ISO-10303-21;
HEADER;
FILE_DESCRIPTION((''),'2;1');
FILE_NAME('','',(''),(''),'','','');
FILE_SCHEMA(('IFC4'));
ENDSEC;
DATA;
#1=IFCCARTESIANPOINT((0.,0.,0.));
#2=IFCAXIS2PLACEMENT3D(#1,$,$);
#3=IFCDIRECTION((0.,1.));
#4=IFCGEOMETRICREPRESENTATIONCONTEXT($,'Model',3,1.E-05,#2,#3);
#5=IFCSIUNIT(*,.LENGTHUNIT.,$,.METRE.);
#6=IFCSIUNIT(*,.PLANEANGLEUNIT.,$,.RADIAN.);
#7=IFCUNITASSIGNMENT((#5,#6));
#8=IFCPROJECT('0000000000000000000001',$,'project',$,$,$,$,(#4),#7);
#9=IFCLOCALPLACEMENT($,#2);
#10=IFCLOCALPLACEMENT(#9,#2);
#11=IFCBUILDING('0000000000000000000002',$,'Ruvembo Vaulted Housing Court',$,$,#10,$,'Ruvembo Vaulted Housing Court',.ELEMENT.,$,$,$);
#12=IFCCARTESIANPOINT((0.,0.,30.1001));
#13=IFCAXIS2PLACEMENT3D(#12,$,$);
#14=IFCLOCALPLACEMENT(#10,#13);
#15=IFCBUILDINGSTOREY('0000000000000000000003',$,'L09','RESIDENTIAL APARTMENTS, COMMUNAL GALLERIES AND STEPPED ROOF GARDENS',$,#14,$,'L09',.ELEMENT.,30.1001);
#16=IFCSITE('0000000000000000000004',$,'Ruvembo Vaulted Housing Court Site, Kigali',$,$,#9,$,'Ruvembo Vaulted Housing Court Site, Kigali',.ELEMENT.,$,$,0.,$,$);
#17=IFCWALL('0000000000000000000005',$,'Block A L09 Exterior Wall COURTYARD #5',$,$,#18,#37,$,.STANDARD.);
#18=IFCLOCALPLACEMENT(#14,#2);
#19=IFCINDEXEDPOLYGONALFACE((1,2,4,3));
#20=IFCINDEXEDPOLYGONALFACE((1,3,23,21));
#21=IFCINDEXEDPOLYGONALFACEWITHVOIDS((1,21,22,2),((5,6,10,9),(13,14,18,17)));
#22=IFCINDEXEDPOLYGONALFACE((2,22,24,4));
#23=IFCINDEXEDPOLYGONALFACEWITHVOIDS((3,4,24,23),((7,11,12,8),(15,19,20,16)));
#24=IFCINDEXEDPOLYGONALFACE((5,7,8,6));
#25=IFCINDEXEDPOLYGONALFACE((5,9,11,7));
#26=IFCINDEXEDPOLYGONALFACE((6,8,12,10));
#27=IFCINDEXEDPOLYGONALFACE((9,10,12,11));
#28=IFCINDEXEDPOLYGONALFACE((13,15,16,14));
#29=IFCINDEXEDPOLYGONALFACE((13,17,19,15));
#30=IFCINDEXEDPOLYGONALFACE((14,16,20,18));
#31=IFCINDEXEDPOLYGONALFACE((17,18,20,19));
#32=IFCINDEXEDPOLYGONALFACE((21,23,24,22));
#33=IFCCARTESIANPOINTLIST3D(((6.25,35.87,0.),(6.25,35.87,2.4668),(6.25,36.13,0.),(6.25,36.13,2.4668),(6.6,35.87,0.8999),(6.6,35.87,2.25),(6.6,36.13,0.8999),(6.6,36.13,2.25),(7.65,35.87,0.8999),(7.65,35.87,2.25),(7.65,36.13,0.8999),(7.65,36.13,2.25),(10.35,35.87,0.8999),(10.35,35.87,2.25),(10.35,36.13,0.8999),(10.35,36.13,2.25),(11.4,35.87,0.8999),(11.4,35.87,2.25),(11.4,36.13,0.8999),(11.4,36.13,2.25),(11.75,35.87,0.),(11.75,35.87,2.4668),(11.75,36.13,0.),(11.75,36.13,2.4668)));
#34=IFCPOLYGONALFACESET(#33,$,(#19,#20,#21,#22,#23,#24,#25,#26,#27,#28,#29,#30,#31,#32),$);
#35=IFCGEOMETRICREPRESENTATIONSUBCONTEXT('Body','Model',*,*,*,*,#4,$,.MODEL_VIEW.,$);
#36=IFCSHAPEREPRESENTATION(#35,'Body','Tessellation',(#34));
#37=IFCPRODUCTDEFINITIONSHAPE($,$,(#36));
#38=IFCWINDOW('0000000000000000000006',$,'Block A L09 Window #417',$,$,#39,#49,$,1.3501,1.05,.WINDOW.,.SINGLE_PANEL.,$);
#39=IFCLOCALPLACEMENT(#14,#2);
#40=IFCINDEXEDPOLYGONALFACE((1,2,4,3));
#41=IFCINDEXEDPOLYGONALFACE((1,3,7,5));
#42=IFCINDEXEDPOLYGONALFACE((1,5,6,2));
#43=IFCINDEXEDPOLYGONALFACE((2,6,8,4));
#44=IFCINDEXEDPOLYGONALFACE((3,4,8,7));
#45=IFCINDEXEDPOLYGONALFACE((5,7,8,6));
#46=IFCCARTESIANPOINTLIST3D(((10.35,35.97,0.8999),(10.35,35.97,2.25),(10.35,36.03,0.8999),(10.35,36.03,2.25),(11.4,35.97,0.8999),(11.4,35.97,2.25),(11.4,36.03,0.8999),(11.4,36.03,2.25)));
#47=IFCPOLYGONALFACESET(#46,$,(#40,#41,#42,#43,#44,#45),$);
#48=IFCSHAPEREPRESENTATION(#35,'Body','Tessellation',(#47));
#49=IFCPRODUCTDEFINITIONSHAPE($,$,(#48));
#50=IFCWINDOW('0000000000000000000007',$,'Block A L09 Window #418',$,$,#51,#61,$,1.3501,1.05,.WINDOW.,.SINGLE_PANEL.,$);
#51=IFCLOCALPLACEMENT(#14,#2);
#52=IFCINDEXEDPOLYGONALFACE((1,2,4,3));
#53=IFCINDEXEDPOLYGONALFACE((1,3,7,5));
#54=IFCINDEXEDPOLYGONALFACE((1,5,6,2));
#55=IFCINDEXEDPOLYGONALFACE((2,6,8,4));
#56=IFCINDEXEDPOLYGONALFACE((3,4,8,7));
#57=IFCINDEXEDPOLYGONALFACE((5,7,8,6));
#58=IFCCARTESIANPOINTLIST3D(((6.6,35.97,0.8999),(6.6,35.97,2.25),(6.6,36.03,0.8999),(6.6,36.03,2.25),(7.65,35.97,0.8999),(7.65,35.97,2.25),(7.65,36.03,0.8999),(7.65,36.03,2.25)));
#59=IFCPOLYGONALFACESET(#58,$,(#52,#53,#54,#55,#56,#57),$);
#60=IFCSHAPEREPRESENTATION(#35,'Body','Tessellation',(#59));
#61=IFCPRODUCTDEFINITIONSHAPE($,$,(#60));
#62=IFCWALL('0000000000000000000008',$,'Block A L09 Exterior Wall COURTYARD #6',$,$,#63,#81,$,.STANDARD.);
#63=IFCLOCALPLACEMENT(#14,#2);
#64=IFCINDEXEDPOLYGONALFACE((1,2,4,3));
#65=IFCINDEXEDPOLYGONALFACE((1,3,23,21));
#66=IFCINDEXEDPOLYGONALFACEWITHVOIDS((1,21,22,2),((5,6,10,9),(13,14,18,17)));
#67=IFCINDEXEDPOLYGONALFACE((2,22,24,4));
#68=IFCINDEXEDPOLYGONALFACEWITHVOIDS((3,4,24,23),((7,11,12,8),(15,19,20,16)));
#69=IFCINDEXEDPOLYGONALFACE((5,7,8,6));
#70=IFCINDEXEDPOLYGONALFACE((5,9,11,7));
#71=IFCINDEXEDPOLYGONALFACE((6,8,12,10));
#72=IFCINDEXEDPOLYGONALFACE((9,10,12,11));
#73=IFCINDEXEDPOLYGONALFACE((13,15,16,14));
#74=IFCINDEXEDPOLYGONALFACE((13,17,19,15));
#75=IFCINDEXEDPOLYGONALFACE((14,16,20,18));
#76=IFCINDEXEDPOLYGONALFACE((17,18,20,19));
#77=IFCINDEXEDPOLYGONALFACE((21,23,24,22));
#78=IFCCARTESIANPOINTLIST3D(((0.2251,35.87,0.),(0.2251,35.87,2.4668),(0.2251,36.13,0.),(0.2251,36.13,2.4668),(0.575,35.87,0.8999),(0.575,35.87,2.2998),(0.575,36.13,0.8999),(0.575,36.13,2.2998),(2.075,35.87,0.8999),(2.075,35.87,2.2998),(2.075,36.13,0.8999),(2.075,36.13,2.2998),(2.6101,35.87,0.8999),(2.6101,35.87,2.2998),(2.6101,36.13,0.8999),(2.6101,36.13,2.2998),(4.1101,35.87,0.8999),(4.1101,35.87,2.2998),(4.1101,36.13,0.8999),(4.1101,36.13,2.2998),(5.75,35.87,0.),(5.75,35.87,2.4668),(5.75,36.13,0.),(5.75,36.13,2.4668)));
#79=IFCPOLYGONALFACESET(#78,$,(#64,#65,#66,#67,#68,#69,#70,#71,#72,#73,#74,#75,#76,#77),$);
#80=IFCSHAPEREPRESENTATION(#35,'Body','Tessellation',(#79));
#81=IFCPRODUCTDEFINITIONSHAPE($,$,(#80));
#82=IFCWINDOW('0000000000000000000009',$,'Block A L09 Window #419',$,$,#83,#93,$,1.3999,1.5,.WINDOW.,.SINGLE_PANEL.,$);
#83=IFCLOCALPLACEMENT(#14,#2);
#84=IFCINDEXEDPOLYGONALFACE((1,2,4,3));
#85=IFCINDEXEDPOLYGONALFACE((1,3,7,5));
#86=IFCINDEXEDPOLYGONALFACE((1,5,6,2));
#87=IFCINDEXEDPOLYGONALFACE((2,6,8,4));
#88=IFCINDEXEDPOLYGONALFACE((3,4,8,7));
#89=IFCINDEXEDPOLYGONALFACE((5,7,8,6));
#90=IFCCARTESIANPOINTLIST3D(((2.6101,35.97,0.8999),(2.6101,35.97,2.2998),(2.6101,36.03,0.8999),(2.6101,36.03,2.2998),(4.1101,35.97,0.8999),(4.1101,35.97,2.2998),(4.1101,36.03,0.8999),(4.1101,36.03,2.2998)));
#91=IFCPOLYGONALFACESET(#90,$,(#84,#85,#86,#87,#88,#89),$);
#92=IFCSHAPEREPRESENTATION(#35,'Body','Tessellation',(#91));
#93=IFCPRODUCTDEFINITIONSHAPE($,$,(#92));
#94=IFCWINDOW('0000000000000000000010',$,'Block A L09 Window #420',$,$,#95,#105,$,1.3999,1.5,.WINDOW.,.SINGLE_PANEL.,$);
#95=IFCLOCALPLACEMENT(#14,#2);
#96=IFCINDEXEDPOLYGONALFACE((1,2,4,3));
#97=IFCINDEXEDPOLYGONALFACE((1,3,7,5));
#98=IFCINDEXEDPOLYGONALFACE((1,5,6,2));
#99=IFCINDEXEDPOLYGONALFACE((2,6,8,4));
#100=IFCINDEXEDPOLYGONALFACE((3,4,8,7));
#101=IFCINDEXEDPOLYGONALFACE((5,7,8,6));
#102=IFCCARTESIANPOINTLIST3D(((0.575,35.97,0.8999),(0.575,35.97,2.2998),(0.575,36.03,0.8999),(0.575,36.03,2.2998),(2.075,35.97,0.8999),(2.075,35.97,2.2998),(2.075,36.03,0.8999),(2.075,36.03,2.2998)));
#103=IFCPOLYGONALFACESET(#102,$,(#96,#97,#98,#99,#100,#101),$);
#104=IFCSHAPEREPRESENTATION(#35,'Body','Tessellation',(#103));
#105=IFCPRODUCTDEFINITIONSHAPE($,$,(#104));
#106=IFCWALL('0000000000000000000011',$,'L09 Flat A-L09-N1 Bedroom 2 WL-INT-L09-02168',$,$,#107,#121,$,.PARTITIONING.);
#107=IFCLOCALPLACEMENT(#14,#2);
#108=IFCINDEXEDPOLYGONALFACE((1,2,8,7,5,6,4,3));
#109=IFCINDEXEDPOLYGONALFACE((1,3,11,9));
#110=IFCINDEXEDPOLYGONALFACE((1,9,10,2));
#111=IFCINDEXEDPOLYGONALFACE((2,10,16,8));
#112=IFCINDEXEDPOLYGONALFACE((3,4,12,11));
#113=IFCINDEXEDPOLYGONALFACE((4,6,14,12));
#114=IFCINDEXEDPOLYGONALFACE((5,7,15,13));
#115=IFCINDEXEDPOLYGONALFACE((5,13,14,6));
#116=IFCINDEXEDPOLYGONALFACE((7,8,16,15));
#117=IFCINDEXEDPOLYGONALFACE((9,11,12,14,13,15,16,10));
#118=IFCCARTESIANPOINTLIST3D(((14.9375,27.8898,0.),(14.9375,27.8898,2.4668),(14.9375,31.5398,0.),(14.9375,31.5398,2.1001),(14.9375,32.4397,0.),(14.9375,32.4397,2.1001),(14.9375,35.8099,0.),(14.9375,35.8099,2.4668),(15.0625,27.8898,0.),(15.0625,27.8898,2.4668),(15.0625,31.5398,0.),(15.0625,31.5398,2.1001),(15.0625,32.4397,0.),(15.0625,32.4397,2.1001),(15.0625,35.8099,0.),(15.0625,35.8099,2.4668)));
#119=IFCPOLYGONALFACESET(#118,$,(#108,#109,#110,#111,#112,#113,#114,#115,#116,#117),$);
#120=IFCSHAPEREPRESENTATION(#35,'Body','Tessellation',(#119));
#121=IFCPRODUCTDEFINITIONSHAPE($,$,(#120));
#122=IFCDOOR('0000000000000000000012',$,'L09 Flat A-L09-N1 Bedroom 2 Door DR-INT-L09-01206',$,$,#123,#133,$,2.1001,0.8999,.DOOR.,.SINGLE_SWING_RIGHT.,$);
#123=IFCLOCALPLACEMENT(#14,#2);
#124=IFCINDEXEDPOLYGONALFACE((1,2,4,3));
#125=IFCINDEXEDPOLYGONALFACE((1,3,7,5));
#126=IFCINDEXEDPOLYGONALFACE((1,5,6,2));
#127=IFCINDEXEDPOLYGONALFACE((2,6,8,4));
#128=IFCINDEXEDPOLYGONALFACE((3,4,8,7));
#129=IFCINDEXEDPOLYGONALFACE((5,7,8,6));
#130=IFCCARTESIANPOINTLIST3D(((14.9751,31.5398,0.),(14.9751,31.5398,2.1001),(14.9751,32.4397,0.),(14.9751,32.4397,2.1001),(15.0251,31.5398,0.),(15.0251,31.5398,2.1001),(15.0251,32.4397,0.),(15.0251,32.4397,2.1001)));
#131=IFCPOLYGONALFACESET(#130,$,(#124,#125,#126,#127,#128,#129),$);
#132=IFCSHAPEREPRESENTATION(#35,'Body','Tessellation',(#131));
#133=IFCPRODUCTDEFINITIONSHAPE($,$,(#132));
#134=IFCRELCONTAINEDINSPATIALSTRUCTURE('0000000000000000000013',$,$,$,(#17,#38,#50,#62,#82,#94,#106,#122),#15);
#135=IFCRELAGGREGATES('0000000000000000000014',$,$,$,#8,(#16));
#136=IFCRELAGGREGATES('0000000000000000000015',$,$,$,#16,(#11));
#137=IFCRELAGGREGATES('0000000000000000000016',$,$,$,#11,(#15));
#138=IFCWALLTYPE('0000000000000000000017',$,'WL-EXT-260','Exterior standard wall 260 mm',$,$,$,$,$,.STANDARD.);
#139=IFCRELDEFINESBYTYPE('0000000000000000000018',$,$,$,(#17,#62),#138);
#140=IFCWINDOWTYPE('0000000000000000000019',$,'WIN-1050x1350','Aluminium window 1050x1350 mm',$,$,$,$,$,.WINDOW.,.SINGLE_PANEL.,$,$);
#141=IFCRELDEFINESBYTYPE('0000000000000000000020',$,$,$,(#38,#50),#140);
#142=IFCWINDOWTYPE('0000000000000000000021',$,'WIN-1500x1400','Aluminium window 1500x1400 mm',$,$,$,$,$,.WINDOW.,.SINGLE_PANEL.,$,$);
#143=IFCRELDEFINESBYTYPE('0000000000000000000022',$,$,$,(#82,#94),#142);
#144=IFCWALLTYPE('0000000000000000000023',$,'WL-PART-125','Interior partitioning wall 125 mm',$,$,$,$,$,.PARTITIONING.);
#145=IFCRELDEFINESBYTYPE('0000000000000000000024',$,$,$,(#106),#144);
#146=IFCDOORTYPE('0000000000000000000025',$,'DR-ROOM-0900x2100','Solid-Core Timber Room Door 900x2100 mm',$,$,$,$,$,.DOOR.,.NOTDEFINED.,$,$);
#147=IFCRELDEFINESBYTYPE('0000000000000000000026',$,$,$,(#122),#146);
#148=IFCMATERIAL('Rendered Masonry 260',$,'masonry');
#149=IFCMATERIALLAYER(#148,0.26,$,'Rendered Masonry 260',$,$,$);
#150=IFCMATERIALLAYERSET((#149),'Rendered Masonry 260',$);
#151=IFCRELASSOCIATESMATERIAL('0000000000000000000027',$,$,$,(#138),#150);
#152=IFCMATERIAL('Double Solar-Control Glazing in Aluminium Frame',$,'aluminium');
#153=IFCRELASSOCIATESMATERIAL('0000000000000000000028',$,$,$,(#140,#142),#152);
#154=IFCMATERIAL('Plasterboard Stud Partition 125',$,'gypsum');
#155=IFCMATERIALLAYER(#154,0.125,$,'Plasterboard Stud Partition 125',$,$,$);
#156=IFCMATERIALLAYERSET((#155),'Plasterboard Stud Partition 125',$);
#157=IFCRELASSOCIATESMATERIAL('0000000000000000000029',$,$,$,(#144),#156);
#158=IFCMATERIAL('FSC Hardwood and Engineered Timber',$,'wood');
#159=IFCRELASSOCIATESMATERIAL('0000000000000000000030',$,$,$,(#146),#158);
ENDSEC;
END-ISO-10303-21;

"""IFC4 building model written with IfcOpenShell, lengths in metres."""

from ifc_helpers import new_model, si_unit, direction, frame, frame_2d, origin, place, context, subcontext, project, spatial, rectangle, extrude, material, layer, layer_set, type_object, element, fill, save


model = new_model("IFC4")

# Units and contexts
model_context = context("Model", 3, precision=1e-05, world=origin(), true_north=direction((0.0, 1.0)))
body_context = subcontext(model_context, "Body", "Model", "MODEL_VIEW")
ifc_project = project(units=[si_unit("LENGTHUNIT", "METRE"), si_unit("PLANEANGLEUNIT", "RADIAN")], contexts=[model_context])

# Site, building, storey
site_placement = place(None, origin())
site = spatial("IfcSite", under=ifc_project, at=site_placement, Name="Ruvembo Vaulted Housing Court Site, Kigali", LongName="Ruvembo Vaulted Housing Court Site, Kigali", CompositionType="ELEMENT", RefElevation=0.0)
building_placement = place(site_placement, origin())
building = spatial("IfcBuilding", under=site, at=building_placement, Name="Ruvembo Vaulted Housing Court", LongName="Ruvembo Vaulted Housing Court", CompositionType="ELEMENT")
storey_placement = place(building_placement, frame((0.0, 0.0, 30.1001)))
storey = spatial("IfcBuildingStorey", under=building, at=storey_placement, Name="L09", Description="RESIDENTIAL APARTMENTS, COMMUNAL GALLERIES AND STEPPED ROOF GARDENS", LongName="L09", CompositionType="ELEMENT", Elevation=30.1001)

# Walls, openings, windows
ifc_material_1 = material(Name="Rendered Masonry 260", Category="masonry")
ifc_layer_1 = layer(ifc_material_1, 0.26, Name="Rendered Masonry 260")
ifc_layer_set_1 = layer_set([ifc_layer_1], Name="Rendered Masonry 260")
wall_type_1 = type_object("IfcWallType", Name="WL-EXT-260", Description="Exterior standard wall 260 mm", PredefinedType="STANDARD", material=ifc_layer_set_1)
wall_1_placement = place(storey_placement, frame((11.75, 36.0, 0.0), z_axis=(0.0, 0.0, 1.0), x_axis=(-1.0, 0.0, 0.0)))
wall_1 = element("IfcWall", 1, at=wall_1_placement, inside=storey, type_object=wall_type_1, Name="Block A L09 Exterior Wall COURTYARD #5", PredefinedType="STANDARD", context=body_context, shape_type="SweptSolid", body=[
    extrude(rectangle(XDim=5.5, YDim=0.26, at=frame_2d((2.75, 0.0))), origin(), (0.0, 0.0, 1.0), 2.4668),
])
opening_1_placement = place(wall_1_placement, frame((0.3501, 0.0, 0.8999)))
opening_1 = element("IfcOpeningElement", 2, at=opening_1_placement, cuts=wall_1, PredefinedType="OPENING", context=body_context, shape_type="SweptSolid", body=[
    extrude(rectangle(XDim=1.05, YDim=1.3501, at=frame_2d((0.5249, 0.675))), frame((0.0, 0.1399, 0.0), z_axis=(0.0, -1.0, 0.0), x_axis=(1.0, 0.0, 0.0)), (0.0, 0.0, 1.0), 0.28),
])
opening_2_placement = place(wall_1_placement, frame((4.1001, 0.0, 0.8999)))
opening_2 = element("IfcOpeningElement", 3, at=opening_2_placement, cuts=wall_1, PredefinedType="OPENING", context=body_context, shape_type="SweptSolid", body=[
    extrude(rectangle(XDim=1.05, YDim=1.3501, at=frame_2d((0.5249, 0.675))), frame((0.0, 0.1399, 0.0), z_axis=(0.0, -1.0, 0.0), x_axis=(1.0, 0.0, 0.0)), (0.0, 0.0, 1.0), 0.28),
])
ifc_material_2 = material(Name="Double Solar-Control Glazing in Aluminium Frame", Category="aluminium")
window_type_1 = type_object("IfcWindowType", Name="WIN-1050x1350", Description="Aluminium window 1050x1350 mm", PartitioningType="SINGLE_PANEL", PredefinedType="WINDOW", material=ifc_material_2)
window_1_placement = place(opening_1_placement, origin())
window_1 = element("IfcWindow", 4, at=window_1_placement, inside=storey, type_object=window_type_1, Name="Block A L09 Window #417", OverallHeight=1.3501, OverallWidth=1.05, PartitioningType="SINGLE_PANEL", PredefinedType="WINDOW", context=body_context, shape_type="SweptSolid", body=[
    extrude(rectangle(XDim=1.05, YDim=1.3501, at=frame_2d((0.5249, 0.675))), frame((0.0, 0.03, 0.0), z_axis=(0.0, -1.0, 0.0), x_axis=(1.0, 0.0, 0.0)), (0.0, 0.0, 1.0), 0.0601),
])
fill(opening_1, window_1)
window_2_placement = place(opening_2_placement, origin())
window_2 = element("IfcWindow", 5, at=window_2_placement, inside=storey, type_object=window_type_1, Name="Block A L09 Window #418", OverallHeight=1.3501, OverallWidth=1.05, PartitioningType="SINGLE_PANEL", PredefinedType="WINDOW", context=body_context, shape_type="SweptSolid", body=[
    extrude(rectangle(XDim=1.05, YDim=1.3501, at=frame_2d((0.5249, 0.675))), frame((0.0, 0.03, 0.0), z_axis=(0.0, -1.0, 0.0), x_axis=(1.0, 0.0, 0.0)), (0.0, 0.0, 1.0), 0.0601),
])
fill(opening_2, window_2)
wall_2_placement = place(storey_placement, frame((5.75, 36.0, 0.0), z_axis=(0.0, 0.0, 1.0), x_axis=(-1.0, 0.0, 0.0)))
wall_2 = element("IfcWall", 6, at=wall_2_placement, inside=storey, type_object=wall_type_1, Name="Block A L09 Exterior Wall COURTYARD #6", PredefinedType="STANDARD", context=body_context, shape_type="SweptSolid", body=[
    extrude(rectangle(XDim=5.5249, YDim=0.26, at=frame_2d((2.7625, 0.0))), origin(), (0.0, 0.0, 1.0), 2.4668),
])
opening_3_placement = place(wall_2_placement, frame((1.6399, 0.0, 0.8999)))
opening_3 = element("IfcOpeningElement", 7, at=opening_3_placement, cuts=wall_2, PredefinedType="OPENING", context=body_context, shape_type="SweptSolid", body=[
    extrude(rectangle(XDim=1.5, YDim=1.3999, at=frame_2d((0.75, 0.7))), frame((0.0, 0.1399, 0.0), z_axis=(0.0, -1.0, 0.0), x_axis=(1.0, 0.0, 0.0)), (0.0, 0.0, 1.0), 0.28),
])
opening_4_placement = place(wall_2_placement, frame((3.675, 0.0, 0.8999)))
opening_4 = element("IfcOpeningElement", 8, at=opening_4_placement, cuts=wall_2, PredefinedType="OPENING", context=body_context, shape_type="SweptSolid", body=[
    extrude(rectangle(XDim=1.5, YDim=1.3999, at=frame_2d((0.75, 0.7))), frame((0.0, 0.1399, 0.0), z_axis=(0.0, -1.0, 0.0), x_axis=(1.0, 0.0, 0.0)), (0.0, 0.0, 1.0), 0.28),
])
window_type_2 = type_object("IfcWindowType", Name="WIN-1500x1400", Description="Aluminium window 1500x1400 mm", PartitioningType="SINGLE_PANEL", PredefinedType="WINDOW", material=ifc_material_2)
window_3_placement = place(opening_3_placement, origin())
window_3 = element("IfcWindow", 9, at=window_3_placement, inside=storey, type_object=window_type_2, Name="Block A L09 Window #419", OverallHeight=1.3999, OverallWidth=1.5, PartitioningType="SINGLE_PANEL", PredefinedType="WINDOW", context=body_context, shape_type="SweptSolid", body=[
    extrude(rectangle(XDim=1.5, YDim=1.3999, at=frame_2d((0.75, 0.7))), frame((0.0, 0.03, 0.0), z_axis=(0.0, -1.0, 0.0), x_axis=(1.0, 0.0, 0.0)), (0.0, 0.0, 1.0), 0.0601),
])
fill(opening_3, window_3)
window_4_placement = place(opening_4_placement, origin())
window_4 = element("IfcWindow", 10, at=window_4_placement, inside=storey, type_object=window_type_2, Name="Block A L09 Window #420", OverallHeight=1.3999, OverallWidth=1.5, PartitioningType="SINGLE_PANEL", PredefinedType="WINDOW", context=body_context, shape_type="SweptSolid", body=[
    extrude(rectangle(XDim=1.5, YDim=1.3999, at=frame_2d((0.75, 0.7))), frame((0.0, 0.03, 0.0), z_axis=(0.0, -1.0, 0.0), x_axis=(1.0, 0.0, 0.0)), (0.0, 0.0, 1.0), 0.0601),
])
fill(opening_4, window_4)

# Wall, opening, door
ifc_material_3 = material(Name="Plasterboard Stud Partition 125", Category="gypsum")
ifc_layer_2 = layer(ifc_material_3, 0.125, Name="Plasterboard Stud Partition 125")
ifc_layer_set_2 = layer_set([ifc_layer_2], Name="Plasterboard Stud Partition 125")
wall_type_2 = type_object("IfcWallType", Name="WL-PART-125", Description="Interior partitioning wall 125 mm", PredefinedType="PARTITIONING", material=ifc_layer_set_2)
wall_3_placement = place(storey_placement, frame((15.0, 27.8899, 0.0), z_axis=(0.0, 0.0, 1.0), x_axis=(0.0, 1.0, 0.0)))
wall_3 = element("IfcWall", 11, at=wall_3_placement, inside=storey, type_object=wall_type_2, Name="L09 Flat A-L09-N1 Bedroom 2 WL-INT-L09-02168", PredefinedType="PARTITIONING", context=body_context, shape_type="SweptSolid", body=[
    extrude(rectangle(XDim=7.9202, YDim=0.125, at=frame_2d((3.96, 0.0))), origin(), (0.0, 0.0, 1.0), 2.4668),
])
opening_5_placement = place(wall_3_placement, frame((3.6499, 0.0, 0.0)))
opening_5 = element("IfcOpeningElement", 12, at=opening_5_placement, cuts=wall_3, PredefinedType="OPENING", context=body_context, shape_type="SweptSolid", body=[
    extrude(rectangle(XDim=0.8999, YDim=2.1001, at=frame_2d((0.45, 1.05))), frame((0.0, 0.0725, 0.0), z_axis=(0.0, -1.0, 0.0), x_axis=(1.0, 0.0, 0.0)), (0.0, 0.0, 1.0), 0.145),
])
ifc_material_4 = material(Name="FSC Hardwood and Engineered Timber", Category="wood")
door_type = type_object("IfcDoorType", Name="DR-ROOM-0900x2100", Description="Solid-Core Timber Room Door 900x2100 mm", OperationType="NOTDEFINED", PredefinedType="DOOR", material=ifc_material_4)
door_placement = place(opening_5_placement, origin())
door = element("IfcDoor", 13, at=door_placement, inside=storey, type_object=door_type, Name="L09 Flat A-L09-N1 Bedroom 2 Door DR-INT-L09-01206", OperationType="SINGLE_SWING_RIGHT", OverallHeight=2.1001, OverallWidth=0.8999, PredefinedType="DOOR", context=body_context, shape_type="SweptSolid", body=[
    extrude(rectangle(XDim=0.8999, YDim=2.1001, at=frame_2d((0.45, 1.05))), frame((0.0, 0.0249, 0.0), z_axis=(0.0, -1.0, 0.0), x_axis=(1.0, 0.0, 0.0)), (0.0, 0.0, 1.0), 0.05),
])
fill(opening_5, door)

save(model, "model.ifc")
